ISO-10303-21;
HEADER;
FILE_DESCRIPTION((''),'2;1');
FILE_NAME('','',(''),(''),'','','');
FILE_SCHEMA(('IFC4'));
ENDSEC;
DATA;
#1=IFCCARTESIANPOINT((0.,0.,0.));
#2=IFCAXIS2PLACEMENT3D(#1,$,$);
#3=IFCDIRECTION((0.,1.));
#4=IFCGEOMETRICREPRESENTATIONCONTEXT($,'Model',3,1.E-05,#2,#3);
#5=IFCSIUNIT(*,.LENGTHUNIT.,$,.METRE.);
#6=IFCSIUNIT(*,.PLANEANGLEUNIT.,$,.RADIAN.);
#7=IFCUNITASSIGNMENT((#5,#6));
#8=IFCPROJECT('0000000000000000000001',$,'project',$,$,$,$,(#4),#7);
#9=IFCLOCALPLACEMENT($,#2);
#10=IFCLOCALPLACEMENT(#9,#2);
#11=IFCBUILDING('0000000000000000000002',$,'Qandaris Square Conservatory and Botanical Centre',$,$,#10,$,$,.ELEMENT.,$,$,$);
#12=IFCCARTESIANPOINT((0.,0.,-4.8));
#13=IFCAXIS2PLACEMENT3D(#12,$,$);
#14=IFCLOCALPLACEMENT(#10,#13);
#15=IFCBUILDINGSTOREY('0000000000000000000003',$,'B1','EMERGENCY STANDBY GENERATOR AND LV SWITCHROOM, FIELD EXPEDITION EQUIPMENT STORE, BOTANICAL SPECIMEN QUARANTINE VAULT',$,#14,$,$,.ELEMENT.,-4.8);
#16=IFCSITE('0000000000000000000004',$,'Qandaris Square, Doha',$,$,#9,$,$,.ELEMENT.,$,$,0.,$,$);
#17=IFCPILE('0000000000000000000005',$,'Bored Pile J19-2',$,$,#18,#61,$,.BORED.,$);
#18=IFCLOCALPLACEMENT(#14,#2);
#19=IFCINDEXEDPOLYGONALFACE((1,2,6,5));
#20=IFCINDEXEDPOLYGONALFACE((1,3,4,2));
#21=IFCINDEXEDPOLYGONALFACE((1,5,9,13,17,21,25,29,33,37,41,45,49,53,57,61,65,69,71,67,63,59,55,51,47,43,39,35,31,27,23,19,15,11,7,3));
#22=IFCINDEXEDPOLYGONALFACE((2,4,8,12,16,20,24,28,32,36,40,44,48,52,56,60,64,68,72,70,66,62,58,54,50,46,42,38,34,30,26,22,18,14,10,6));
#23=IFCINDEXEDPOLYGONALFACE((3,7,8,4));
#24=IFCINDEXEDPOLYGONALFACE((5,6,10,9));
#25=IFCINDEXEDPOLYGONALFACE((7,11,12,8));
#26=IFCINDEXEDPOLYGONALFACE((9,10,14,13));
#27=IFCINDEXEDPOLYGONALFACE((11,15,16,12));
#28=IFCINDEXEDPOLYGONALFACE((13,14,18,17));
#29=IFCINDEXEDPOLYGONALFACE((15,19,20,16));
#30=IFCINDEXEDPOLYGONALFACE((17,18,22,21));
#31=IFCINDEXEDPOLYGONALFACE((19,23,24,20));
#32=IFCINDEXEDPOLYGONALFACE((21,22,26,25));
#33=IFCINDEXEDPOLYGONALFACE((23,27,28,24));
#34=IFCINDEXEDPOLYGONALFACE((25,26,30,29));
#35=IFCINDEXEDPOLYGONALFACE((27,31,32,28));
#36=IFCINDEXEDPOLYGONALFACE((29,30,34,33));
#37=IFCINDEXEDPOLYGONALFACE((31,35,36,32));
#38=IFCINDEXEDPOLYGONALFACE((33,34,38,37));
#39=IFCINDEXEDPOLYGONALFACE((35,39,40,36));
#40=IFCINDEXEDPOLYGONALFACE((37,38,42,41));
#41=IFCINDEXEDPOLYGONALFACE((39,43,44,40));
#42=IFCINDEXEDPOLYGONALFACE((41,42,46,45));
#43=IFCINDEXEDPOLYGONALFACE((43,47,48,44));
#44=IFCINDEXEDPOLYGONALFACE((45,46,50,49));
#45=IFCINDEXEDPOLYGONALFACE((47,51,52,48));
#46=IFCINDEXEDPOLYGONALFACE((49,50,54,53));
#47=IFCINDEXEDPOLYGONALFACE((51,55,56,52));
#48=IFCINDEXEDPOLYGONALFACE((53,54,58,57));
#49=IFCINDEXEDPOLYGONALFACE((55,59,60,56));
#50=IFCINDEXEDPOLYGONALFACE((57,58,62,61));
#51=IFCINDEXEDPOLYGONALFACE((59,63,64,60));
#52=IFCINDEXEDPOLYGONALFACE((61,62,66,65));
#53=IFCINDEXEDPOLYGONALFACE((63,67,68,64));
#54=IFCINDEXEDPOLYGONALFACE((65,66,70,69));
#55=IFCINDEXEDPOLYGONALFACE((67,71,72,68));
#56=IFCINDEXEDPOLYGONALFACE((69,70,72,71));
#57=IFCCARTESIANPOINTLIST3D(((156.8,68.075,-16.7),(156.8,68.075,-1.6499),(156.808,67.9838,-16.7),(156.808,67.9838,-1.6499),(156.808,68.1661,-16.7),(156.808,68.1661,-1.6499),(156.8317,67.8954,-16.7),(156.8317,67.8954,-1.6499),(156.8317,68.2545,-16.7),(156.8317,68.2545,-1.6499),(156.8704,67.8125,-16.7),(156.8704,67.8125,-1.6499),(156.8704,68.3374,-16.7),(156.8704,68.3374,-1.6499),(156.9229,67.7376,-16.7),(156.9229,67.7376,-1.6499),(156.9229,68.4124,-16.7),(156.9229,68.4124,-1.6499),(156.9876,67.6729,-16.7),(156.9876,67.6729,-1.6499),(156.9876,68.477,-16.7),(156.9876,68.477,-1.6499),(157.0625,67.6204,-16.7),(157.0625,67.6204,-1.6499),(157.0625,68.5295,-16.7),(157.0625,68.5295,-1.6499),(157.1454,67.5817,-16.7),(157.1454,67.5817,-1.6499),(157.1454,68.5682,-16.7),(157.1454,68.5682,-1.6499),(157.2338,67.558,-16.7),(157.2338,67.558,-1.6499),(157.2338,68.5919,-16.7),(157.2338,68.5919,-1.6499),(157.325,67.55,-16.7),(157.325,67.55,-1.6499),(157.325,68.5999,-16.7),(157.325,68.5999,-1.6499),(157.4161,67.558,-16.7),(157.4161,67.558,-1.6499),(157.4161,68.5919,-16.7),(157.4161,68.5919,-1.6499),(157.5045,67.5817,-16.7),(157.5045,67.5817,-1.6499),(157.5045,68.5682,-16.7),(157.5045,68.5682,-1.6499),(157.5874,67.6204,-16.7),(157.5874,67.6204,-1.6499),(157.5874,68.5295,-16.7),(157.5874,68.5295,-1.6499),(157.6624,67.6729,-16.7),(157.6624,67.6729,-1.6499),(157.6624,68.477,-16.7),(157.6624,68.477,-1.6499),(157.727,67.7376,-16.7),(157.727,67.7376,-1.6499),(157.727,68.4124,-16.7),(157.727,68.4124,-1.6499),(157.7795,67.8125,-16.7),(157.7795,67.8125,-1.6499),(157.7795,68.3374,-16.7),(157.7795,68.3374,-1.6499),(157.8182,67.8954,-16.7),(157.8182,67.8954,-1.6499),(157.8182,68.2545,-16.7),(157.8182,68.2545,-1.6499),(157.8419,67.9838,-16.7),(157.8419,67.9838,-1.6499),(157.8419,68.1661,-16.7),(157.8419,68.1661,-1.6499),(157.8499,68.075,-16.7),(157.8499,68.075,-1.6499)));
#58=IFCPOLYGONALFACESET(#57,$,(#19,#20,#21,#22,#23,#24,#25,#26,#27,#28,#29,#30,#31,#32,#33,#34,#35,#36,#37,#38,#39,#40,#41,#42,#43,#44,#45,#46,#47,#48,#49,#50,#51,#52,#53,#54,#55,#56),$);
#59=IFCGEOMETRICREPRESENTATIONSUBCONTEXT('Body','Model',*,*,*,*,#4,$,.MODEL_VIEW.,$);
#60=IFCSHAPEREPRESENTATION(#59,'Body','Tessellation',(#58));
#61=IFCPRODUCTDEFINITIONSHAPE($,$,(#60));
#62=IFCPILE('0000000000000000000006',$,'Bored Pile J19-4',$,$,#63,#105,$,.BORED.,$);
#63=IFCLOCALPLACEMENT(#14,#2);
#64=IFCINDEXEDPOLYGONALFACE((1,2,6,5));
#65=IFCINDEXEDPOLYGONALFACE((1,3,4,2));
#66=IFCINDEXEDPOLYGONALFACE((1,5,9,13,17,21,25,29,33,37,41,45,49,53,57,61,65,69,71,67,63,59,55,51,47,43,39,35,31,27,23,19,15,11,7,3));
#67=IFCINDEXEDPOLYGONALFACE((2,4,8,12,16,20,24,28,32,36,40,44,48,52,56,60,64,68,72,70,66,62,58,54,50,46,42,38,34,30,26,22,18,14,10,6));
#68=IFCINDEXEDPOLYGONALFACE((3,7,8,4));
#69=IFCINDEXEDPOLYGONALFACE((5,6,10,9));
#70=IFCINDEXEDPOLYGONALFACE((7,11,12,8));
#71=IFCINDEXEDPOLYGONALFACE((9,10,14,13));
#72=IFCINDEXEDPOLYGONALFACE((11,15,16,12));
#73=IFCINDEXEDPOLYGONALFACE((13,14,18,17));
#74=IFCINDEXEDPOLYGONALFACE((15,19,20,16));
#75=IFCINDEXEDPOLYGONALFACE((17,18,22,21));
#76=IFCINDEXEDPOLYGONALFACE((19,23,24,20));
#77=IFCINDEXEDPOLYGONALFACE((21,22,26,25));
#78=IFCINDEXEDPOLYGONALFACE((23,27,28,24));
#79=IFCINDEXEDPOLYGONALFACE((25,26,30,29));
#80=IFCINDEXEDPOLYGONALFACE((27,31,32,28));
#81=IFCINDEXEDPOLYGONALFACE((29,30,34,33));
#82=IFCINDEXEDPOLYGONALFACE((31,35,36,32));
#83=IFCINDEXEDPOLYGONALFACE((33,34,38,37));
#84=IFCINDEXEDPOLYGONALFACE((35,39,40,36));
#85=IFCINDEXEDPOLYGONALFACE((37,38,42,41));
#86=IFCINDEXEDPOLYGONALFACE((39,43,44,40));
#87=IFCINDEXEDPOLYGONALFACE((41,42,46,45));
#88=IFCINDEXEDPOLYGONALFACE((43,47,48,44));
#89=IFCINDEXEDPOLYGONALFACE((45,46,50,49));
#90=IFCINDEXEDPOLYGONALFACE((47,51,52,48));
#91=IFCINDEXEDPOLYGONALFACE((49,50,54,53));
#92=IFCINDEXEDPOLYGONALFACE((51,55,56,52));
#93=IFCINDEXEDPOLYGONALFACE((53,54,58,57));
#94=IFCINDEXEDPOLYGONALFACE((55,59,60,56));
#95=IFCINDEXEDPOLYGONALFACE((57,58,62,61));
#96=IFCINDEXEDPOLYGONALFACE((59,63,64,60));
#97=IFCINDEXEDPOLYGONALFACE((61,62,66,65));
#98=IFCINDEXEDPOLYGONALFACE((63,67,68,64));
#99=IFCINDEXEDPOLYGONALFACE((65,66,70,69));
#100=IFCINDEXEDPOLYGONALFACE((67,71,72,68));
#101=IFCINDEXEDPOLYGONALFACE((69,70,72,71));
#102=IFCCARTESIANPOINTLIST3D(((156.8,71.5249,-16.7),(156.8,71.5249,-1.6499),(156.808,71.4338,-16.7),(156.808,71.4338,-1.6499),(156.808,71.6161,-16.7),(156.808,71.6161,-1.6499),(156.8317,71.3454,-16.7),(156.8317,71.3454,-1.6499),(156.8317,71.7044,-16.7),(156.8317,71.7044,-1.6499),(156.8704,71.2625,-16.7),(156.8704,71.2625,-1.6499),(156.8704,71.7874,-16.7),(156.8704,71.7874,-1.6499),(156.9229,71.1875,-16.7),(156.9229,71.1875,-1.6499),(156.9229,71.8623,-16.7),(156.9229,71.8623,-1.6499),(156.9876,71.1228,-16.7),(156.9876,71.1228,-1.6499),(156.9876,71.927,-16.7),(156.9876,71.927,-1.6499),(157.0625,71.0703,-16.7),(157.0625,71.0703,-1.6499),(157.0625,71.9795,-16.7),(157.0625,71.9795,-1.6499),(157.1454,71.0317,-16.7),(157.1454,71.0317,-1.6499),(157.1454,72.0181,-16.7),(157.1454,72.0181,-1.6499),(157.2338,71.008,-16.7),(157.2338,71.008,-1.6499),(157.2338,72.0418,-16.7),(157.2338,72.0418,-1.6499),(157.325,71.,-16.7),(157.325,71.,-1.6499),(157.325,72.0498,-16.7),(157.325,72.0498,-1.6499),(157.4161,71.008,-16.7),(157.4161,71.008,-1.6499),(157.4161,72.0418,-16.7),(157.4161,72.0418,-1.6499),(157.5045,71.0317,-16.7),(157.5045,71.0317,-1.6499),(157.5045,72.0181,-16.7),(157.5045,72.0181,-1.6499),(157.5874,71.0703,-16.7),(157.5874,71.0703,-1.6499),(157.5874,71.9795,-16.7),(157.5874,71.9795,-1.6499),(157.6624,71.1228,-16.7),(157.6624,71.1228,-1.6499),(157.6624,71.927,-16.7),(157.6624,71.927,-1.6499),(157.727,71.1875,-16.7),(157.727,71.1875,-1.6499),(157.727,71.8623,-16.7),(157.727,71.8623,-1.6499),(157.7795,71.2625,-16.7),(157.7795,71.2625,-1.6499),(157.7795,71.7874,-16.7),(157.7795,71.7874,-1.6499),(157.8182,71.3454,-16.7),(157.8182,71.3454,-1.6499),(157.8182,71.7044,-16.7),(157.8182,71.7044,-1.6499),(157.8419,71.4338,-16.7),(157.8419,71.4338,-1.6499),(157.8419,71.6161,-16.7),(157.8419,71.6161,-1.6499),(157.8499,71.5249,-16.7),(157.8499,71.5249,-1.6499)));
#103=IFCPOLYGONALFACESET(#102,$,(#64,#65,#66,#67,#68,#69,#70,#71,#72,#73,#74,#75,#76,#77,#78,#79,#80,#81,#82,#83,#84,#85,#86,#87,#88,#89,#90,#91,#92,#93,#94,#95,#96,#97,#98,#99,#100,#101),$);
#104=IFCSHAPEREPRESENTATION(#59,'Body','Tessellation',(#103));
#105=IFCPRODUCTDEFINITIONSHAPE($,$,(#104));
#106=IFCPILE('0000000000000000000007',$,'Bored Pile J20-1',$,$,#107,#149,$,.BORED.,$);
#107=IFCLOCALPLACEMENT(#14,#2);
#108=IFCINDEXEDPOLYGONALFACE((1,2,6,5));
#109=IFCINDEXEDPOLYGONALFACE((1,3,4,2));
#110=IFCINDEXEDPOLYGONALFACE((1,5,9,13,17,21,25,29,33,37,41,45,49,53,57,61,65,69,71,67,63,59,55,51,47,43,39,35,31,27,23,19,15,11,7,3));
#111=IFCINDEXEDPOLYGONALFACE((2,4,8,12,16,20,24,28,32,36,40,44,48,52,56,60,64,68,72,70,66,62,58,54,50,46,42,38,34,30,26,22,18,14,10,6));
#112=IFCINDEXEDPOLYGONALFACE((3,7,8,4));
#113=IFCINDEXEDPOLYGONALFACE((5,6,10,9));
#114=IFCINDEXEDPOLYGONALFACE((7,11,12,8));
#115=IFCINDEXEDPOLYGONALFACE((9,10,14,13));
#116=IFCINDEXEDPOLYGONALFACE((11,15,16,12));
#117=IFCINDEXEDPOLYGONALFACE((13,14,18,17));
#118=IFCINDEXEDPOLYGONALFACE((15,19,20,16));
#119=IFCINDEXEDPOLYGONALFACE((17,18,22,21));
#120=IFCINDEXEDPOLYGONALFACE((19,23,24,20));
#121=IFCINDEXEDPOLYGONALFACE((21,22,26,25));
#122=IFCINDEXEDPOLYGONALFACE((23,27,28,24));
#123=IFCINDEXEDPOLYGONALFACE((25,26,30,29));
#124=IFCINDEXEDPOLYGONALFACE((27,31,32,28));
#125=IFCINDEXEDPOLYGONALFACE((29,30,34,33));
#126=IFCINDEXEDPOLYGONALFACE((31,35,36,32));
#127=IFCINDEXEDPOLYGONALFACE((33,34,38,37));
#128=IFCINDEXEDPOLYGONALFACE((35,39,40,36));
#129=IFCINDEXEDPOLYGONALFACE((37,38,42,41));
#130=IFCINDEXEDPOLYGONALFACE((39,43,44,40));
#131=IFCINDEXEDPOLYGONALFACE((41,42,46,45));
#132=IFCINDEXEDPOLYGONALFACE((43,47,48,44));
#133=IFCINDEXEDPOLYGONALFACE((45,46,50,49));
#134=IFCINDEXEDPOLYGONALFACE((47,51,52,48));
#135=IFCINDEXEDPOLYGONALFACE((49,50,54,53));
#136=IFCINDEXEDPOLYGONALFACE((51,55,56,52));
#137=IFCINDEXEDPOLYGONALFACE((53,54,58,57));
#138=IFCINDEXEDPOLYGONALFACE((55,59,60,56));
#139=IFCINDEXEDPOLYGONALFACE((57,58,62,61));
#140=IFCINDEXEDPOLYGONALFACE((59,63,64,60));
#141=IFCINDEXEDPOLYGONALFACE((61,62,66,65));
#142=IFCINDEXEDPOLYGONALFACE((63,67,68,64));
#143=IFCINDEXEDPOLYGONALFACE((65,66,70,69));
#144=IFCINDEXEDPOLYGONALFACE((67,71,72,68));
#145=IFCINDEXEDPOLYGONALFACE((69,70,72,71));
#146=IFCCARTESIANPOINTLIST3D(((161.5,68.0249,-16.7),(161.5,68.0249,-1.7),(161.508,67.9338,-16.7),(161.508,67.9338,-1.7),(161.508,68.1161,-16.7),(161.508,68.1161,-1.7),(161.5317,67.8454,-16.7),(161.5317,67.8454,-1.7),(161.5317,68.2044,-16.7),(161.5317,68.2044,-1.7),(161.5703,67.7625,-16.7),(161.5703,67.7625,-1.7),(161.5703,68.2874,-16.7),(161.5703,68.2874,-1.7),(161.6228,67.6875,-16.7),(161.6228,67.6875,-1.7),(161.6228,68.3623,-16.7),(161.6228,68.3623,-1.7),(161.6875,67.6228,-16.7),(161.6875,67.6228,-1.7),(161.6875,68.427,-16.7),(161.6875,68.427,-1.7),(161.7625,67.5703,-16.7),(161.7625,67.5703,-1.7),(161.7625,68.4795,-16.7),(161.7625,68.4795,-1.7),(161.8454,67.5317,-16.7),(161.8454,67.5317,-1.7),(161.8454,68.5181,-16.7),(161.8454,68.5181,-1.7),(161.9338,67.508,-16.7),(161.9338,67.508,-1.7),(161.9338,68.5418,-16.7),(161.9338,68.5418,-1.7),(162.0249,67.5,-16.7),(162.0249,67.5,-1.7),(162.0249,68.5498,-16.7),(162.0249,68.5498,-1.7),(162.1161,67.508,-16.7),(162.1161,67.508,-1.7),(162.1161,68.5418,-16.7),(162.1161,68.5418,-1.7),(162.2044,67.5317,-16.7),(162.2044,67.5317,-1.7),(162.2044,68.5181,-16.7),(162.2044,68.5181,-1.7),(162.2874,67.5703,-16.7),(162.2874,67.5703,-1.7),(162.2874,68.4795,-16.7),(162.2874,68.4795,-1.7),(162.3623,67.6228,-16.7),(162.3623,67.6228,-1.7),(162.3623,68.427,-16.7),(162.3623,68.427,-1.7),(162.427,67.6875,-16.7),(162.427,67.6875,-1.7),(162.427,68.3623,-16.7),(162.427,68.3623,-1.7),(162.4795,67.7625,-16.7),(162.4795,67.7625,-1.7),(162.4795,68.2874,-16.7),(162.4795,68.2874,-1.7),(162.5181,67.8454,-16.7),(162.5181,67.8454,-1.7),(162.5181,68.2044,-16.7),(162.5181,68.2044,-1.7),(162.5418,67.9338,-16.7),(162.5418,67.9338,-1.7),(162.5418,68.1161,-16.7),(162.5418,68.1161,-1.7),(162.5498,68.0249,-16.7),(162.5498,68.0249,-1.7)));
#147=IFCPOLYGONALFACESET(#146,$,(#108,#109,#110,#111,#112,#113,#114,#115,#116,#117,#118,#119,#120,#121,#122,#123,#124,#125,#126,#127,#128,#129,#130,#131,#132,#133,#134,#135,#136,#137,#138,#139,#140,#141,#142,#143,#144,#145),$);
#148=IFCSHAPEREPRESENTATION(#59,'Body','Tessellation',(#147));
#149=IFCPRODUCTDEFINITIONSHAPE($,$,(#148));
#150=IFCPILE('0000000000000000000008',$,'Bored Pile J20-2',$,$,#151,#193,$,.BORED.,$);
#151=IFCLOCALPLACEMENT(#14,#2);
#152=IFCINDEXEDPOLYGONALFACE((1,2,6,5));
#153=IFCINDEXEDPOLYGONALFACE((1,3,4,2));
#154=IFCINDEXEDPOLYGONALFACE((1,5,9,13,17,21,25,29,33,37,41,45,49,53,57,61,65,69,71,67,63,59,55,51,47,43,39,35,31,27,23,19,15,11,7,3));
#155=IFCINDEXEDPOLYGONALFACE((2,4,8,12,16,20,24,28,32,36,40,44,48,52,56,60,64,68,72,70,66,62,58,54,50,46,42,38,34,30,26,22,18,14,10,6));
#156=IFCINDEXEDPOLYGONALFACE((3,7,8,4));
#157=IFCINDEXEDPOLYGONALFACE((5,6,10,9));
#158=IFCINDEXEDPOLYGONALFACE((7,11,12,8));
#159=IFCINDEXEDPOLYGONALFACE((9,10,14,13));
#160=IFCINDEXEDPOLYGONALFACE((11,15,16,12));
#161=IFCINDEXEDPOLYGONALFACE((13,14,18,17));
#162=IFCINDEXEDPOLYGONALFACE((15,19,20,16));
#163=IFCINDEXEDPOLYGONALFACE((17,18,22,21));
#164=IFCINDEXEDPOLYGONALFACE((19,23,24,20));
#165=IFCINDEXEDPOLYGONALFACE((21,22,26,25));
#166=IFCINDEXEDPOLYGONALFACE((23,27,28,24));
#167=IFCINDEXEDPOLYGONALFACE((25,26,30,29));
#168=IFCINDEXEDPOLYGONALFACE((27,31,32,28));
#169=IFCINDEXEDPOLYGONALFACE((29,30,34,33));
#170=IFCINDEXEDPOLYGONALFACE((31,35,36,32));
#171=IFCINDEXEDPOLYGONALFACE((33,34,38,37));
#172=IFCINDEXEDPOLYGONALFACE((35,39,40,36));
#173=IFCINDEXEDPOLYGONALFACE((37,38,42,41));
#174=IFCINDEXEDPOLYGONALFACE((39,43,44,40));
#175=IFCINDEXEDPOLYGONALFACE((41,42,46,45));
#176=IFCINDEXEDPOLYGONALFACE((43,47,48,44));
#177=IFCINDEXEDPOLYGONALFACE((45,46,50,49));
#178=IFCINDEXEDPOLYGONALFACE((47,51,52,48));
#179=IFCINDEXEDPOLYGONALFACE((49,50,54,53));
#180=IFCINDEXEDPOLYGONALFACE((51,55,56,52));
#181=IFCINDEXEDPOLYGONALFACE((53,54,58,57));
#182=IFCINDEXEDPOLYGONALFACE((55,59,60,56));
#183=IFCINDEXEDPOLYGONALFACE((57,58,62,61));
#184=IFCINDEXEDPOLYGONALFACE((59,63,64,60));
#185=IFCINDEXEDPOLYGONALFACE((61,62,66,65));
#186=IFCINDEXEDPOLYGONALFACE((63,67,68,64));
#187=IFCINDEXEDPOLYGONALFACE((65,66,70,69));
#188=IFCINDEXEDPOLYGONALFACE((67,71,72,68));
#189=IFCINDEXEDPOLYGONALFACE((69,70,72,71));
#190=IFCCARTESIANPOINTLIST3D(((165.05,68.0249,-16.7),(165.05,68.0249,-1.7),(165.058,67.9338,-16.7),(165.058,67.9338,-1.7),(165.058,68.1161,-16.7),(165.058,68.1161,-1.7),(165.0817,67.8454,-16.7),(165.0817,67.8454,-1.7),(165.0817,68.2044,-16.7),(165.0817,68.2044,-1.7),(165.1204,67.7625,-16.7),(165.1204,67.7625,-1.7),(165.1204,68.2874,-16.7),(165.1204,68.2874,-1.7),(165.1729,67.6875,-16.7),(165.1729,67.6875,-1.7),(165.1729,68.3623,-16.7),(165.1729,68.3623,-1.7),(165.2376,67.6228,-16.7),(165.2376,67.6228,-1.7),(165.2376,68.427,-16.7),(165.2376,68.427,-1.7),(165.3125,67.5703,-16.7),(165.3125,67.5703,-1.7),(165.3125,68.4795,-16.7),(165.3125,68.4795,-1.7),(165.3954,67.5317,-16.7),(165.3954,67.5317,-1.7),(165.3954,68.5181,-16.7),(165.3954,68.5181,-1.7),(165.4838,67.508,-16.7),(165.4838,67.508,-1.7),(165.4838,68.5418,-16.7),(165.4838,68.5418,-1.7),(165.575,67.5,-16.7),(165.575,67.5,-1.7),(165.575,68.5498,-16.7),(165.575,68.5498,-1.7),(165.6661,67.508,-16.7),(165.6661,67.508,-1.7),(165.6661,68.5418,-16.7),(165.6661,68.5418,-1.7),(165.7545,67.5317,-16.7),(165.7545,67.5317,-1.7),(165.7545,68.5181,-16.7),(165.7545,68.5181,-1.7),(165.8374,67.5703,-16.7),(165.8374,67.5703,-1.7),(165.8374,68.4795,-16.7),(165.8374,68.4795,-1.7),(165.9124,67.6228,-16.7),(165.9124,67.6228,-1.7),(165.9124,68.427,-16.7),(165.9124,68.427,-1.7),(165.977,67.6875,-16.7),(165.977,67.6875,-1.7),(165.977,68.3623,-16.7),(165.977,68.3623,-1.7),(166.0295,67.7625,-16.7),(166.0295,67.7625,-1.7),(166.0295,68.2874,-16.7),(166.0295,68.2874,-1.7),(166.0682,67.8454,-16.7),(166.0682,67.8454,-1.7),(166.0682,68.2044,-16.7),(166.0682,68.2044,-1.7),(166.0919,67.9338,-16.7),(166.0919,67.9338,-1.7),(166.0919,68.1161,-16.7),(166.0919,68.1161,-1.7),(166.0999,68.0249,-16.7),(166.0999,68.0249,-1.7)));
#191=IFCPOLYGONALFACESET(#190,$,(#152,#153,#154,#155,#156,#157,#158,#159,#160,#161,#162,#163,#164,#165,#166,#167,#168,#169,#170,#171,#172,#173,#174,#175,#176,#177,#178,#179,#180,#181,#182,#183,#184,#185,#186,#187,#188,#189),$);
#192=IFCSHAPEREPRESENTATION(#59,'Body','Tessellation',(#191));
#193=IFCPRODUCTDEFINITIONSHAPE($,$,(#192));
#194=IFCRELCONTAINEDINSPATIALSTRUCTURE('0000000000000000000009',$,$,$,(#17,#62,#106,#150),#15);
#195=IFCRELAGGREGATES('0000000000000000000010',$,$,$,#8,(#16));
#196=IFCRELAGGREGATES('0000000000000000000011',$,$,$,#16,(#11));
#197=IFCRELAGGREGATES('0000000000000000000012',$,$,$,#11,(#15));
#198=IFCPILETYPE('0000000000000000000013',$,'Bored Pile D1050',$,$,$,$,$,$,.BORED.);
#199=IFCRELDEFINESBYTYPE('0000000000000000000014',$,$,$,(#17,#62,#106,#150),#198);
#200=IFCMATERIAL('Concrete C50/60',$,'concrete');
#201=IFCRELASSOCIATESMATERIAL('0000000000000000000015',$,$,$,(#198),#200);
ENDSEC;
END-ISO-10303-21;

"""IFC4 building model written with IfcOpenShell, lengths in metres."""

from ifc_helpers import new_model, si_unit, direction, frame, origin, origin_2d, place, context, subcontext, project, spatial, circle, extrude, material, material_profile, profile_set, type_object, element, save


model = new_model("IFC4")

# Units and contexts
model_context = context("Model", 3, precision=1e-05, world=origin(), true_north=direction((0.0, 1.0)))
body_context = subcontext(model_context, "Body", "Model", "MODEL_VIEW")
ifc_project = project(units=[si_unit("LENGTHUNIT", "METRE"), si_unit("PLANEANGLEUNIT", "RADIAN")], contexts=[model_context])

# Site, building, storey
site_placement = place(None, origin())
site = spatial("IfcSite", under=ifc_project, at=site_placement, Name="Qandaris Square, Doha", CompositionType="ELEMENT", RefElevation=0.0)
building_placement = place(site_placement, origin())
building = spatial("IfcBuilding", under=site, at=building_placement, Name="Qandaris Square Conservatory and Botanical Centre", CompositionType="ELEMENT")
storey_placement = place(building_placement, frame((0.0, 0.0, -4.8)))
storey = spatial("IfcBuildingStorey", under=building, at=storey_placement, Name="B1", Description="EMERGENCY STANDBY GENERATOR AND LV SWITCHROOM, FIELD EXPEDITION EQUIPMENT STORE, BOTANICAL SPECIMEN QUARANTINE VAULT", CompositionType="ELEMENT", Elevation=-4.8)

# Piles
ifc_material_1 = material(Name="Concrete C50/60", Category="concrete")
ifc_material_profile_1 = material_profile(ifc_material_1, circle(Radius=0.5249, at=origin_2d()), Name="PILE D1050")
ifc_profile_set_1 = profile_set([ifc_material_profile_1], Name="Concrete C50/60")
pile_type_1 = type_object("IfcPileType", Name="Bored Pile D1050", PredefinedType="BORED", material=ifc_profile_set_1)
for number, where, z_axis, x_axis, name in (
    (1, (157.325, 68.075, -1.6499), (0.0, 0.0, -1.0), (1.0, 0.0, 0.0), "Bored Pile J19-2"),
    (2, (157.325, 71.5249, -1.6499), (0.0, 0.0, -1.0), (1.0, 0.0, 0.0), "Bored Pile J19-4"),
):
    element("IfcPile", number, at=place(storey_placement, frame(where, z_axis=z_axis, x_axis=x_axis)), inside=storey, type_object=pile_type_1, Name=name, PredefinedType="BORED", context=body_context, shape_type="SweptSolid", body=[
        extrude(circle(Radius=0.5249, at=origin_2d()), origin(), (0.0, 0.0, 1.0), 15.05),
    ])
for number, where, z_axis, x_axis, name in (
    (3, (162.0249, 68.0249, -1.7), (0.0, 0.0, -1.0), (1.0, 0.0, 0.0), "Bored Pile J20-1"),
    (4, (165.575, 68.0249, -1.7), (0.0, 0.0, -1.0), (1.0, 0.0, 0.0), "Bored Pile J20-2"),
):
    element("IfcPile", number, at=place(storey_placement, frame(where, z_axis=z_axis, x_axis=x_axis)), inside=storey, type_object=pile_type_1, Name=name, PredefinedType="BORED", context=body_context, shape_type="SweptSolid", body=[
        extrude(circle(Radius=0.5249, at=origin_2d()), origin(), (0.0, 0.0, 1.0), 15.0),
    ])

save(model, "model.ifc")
